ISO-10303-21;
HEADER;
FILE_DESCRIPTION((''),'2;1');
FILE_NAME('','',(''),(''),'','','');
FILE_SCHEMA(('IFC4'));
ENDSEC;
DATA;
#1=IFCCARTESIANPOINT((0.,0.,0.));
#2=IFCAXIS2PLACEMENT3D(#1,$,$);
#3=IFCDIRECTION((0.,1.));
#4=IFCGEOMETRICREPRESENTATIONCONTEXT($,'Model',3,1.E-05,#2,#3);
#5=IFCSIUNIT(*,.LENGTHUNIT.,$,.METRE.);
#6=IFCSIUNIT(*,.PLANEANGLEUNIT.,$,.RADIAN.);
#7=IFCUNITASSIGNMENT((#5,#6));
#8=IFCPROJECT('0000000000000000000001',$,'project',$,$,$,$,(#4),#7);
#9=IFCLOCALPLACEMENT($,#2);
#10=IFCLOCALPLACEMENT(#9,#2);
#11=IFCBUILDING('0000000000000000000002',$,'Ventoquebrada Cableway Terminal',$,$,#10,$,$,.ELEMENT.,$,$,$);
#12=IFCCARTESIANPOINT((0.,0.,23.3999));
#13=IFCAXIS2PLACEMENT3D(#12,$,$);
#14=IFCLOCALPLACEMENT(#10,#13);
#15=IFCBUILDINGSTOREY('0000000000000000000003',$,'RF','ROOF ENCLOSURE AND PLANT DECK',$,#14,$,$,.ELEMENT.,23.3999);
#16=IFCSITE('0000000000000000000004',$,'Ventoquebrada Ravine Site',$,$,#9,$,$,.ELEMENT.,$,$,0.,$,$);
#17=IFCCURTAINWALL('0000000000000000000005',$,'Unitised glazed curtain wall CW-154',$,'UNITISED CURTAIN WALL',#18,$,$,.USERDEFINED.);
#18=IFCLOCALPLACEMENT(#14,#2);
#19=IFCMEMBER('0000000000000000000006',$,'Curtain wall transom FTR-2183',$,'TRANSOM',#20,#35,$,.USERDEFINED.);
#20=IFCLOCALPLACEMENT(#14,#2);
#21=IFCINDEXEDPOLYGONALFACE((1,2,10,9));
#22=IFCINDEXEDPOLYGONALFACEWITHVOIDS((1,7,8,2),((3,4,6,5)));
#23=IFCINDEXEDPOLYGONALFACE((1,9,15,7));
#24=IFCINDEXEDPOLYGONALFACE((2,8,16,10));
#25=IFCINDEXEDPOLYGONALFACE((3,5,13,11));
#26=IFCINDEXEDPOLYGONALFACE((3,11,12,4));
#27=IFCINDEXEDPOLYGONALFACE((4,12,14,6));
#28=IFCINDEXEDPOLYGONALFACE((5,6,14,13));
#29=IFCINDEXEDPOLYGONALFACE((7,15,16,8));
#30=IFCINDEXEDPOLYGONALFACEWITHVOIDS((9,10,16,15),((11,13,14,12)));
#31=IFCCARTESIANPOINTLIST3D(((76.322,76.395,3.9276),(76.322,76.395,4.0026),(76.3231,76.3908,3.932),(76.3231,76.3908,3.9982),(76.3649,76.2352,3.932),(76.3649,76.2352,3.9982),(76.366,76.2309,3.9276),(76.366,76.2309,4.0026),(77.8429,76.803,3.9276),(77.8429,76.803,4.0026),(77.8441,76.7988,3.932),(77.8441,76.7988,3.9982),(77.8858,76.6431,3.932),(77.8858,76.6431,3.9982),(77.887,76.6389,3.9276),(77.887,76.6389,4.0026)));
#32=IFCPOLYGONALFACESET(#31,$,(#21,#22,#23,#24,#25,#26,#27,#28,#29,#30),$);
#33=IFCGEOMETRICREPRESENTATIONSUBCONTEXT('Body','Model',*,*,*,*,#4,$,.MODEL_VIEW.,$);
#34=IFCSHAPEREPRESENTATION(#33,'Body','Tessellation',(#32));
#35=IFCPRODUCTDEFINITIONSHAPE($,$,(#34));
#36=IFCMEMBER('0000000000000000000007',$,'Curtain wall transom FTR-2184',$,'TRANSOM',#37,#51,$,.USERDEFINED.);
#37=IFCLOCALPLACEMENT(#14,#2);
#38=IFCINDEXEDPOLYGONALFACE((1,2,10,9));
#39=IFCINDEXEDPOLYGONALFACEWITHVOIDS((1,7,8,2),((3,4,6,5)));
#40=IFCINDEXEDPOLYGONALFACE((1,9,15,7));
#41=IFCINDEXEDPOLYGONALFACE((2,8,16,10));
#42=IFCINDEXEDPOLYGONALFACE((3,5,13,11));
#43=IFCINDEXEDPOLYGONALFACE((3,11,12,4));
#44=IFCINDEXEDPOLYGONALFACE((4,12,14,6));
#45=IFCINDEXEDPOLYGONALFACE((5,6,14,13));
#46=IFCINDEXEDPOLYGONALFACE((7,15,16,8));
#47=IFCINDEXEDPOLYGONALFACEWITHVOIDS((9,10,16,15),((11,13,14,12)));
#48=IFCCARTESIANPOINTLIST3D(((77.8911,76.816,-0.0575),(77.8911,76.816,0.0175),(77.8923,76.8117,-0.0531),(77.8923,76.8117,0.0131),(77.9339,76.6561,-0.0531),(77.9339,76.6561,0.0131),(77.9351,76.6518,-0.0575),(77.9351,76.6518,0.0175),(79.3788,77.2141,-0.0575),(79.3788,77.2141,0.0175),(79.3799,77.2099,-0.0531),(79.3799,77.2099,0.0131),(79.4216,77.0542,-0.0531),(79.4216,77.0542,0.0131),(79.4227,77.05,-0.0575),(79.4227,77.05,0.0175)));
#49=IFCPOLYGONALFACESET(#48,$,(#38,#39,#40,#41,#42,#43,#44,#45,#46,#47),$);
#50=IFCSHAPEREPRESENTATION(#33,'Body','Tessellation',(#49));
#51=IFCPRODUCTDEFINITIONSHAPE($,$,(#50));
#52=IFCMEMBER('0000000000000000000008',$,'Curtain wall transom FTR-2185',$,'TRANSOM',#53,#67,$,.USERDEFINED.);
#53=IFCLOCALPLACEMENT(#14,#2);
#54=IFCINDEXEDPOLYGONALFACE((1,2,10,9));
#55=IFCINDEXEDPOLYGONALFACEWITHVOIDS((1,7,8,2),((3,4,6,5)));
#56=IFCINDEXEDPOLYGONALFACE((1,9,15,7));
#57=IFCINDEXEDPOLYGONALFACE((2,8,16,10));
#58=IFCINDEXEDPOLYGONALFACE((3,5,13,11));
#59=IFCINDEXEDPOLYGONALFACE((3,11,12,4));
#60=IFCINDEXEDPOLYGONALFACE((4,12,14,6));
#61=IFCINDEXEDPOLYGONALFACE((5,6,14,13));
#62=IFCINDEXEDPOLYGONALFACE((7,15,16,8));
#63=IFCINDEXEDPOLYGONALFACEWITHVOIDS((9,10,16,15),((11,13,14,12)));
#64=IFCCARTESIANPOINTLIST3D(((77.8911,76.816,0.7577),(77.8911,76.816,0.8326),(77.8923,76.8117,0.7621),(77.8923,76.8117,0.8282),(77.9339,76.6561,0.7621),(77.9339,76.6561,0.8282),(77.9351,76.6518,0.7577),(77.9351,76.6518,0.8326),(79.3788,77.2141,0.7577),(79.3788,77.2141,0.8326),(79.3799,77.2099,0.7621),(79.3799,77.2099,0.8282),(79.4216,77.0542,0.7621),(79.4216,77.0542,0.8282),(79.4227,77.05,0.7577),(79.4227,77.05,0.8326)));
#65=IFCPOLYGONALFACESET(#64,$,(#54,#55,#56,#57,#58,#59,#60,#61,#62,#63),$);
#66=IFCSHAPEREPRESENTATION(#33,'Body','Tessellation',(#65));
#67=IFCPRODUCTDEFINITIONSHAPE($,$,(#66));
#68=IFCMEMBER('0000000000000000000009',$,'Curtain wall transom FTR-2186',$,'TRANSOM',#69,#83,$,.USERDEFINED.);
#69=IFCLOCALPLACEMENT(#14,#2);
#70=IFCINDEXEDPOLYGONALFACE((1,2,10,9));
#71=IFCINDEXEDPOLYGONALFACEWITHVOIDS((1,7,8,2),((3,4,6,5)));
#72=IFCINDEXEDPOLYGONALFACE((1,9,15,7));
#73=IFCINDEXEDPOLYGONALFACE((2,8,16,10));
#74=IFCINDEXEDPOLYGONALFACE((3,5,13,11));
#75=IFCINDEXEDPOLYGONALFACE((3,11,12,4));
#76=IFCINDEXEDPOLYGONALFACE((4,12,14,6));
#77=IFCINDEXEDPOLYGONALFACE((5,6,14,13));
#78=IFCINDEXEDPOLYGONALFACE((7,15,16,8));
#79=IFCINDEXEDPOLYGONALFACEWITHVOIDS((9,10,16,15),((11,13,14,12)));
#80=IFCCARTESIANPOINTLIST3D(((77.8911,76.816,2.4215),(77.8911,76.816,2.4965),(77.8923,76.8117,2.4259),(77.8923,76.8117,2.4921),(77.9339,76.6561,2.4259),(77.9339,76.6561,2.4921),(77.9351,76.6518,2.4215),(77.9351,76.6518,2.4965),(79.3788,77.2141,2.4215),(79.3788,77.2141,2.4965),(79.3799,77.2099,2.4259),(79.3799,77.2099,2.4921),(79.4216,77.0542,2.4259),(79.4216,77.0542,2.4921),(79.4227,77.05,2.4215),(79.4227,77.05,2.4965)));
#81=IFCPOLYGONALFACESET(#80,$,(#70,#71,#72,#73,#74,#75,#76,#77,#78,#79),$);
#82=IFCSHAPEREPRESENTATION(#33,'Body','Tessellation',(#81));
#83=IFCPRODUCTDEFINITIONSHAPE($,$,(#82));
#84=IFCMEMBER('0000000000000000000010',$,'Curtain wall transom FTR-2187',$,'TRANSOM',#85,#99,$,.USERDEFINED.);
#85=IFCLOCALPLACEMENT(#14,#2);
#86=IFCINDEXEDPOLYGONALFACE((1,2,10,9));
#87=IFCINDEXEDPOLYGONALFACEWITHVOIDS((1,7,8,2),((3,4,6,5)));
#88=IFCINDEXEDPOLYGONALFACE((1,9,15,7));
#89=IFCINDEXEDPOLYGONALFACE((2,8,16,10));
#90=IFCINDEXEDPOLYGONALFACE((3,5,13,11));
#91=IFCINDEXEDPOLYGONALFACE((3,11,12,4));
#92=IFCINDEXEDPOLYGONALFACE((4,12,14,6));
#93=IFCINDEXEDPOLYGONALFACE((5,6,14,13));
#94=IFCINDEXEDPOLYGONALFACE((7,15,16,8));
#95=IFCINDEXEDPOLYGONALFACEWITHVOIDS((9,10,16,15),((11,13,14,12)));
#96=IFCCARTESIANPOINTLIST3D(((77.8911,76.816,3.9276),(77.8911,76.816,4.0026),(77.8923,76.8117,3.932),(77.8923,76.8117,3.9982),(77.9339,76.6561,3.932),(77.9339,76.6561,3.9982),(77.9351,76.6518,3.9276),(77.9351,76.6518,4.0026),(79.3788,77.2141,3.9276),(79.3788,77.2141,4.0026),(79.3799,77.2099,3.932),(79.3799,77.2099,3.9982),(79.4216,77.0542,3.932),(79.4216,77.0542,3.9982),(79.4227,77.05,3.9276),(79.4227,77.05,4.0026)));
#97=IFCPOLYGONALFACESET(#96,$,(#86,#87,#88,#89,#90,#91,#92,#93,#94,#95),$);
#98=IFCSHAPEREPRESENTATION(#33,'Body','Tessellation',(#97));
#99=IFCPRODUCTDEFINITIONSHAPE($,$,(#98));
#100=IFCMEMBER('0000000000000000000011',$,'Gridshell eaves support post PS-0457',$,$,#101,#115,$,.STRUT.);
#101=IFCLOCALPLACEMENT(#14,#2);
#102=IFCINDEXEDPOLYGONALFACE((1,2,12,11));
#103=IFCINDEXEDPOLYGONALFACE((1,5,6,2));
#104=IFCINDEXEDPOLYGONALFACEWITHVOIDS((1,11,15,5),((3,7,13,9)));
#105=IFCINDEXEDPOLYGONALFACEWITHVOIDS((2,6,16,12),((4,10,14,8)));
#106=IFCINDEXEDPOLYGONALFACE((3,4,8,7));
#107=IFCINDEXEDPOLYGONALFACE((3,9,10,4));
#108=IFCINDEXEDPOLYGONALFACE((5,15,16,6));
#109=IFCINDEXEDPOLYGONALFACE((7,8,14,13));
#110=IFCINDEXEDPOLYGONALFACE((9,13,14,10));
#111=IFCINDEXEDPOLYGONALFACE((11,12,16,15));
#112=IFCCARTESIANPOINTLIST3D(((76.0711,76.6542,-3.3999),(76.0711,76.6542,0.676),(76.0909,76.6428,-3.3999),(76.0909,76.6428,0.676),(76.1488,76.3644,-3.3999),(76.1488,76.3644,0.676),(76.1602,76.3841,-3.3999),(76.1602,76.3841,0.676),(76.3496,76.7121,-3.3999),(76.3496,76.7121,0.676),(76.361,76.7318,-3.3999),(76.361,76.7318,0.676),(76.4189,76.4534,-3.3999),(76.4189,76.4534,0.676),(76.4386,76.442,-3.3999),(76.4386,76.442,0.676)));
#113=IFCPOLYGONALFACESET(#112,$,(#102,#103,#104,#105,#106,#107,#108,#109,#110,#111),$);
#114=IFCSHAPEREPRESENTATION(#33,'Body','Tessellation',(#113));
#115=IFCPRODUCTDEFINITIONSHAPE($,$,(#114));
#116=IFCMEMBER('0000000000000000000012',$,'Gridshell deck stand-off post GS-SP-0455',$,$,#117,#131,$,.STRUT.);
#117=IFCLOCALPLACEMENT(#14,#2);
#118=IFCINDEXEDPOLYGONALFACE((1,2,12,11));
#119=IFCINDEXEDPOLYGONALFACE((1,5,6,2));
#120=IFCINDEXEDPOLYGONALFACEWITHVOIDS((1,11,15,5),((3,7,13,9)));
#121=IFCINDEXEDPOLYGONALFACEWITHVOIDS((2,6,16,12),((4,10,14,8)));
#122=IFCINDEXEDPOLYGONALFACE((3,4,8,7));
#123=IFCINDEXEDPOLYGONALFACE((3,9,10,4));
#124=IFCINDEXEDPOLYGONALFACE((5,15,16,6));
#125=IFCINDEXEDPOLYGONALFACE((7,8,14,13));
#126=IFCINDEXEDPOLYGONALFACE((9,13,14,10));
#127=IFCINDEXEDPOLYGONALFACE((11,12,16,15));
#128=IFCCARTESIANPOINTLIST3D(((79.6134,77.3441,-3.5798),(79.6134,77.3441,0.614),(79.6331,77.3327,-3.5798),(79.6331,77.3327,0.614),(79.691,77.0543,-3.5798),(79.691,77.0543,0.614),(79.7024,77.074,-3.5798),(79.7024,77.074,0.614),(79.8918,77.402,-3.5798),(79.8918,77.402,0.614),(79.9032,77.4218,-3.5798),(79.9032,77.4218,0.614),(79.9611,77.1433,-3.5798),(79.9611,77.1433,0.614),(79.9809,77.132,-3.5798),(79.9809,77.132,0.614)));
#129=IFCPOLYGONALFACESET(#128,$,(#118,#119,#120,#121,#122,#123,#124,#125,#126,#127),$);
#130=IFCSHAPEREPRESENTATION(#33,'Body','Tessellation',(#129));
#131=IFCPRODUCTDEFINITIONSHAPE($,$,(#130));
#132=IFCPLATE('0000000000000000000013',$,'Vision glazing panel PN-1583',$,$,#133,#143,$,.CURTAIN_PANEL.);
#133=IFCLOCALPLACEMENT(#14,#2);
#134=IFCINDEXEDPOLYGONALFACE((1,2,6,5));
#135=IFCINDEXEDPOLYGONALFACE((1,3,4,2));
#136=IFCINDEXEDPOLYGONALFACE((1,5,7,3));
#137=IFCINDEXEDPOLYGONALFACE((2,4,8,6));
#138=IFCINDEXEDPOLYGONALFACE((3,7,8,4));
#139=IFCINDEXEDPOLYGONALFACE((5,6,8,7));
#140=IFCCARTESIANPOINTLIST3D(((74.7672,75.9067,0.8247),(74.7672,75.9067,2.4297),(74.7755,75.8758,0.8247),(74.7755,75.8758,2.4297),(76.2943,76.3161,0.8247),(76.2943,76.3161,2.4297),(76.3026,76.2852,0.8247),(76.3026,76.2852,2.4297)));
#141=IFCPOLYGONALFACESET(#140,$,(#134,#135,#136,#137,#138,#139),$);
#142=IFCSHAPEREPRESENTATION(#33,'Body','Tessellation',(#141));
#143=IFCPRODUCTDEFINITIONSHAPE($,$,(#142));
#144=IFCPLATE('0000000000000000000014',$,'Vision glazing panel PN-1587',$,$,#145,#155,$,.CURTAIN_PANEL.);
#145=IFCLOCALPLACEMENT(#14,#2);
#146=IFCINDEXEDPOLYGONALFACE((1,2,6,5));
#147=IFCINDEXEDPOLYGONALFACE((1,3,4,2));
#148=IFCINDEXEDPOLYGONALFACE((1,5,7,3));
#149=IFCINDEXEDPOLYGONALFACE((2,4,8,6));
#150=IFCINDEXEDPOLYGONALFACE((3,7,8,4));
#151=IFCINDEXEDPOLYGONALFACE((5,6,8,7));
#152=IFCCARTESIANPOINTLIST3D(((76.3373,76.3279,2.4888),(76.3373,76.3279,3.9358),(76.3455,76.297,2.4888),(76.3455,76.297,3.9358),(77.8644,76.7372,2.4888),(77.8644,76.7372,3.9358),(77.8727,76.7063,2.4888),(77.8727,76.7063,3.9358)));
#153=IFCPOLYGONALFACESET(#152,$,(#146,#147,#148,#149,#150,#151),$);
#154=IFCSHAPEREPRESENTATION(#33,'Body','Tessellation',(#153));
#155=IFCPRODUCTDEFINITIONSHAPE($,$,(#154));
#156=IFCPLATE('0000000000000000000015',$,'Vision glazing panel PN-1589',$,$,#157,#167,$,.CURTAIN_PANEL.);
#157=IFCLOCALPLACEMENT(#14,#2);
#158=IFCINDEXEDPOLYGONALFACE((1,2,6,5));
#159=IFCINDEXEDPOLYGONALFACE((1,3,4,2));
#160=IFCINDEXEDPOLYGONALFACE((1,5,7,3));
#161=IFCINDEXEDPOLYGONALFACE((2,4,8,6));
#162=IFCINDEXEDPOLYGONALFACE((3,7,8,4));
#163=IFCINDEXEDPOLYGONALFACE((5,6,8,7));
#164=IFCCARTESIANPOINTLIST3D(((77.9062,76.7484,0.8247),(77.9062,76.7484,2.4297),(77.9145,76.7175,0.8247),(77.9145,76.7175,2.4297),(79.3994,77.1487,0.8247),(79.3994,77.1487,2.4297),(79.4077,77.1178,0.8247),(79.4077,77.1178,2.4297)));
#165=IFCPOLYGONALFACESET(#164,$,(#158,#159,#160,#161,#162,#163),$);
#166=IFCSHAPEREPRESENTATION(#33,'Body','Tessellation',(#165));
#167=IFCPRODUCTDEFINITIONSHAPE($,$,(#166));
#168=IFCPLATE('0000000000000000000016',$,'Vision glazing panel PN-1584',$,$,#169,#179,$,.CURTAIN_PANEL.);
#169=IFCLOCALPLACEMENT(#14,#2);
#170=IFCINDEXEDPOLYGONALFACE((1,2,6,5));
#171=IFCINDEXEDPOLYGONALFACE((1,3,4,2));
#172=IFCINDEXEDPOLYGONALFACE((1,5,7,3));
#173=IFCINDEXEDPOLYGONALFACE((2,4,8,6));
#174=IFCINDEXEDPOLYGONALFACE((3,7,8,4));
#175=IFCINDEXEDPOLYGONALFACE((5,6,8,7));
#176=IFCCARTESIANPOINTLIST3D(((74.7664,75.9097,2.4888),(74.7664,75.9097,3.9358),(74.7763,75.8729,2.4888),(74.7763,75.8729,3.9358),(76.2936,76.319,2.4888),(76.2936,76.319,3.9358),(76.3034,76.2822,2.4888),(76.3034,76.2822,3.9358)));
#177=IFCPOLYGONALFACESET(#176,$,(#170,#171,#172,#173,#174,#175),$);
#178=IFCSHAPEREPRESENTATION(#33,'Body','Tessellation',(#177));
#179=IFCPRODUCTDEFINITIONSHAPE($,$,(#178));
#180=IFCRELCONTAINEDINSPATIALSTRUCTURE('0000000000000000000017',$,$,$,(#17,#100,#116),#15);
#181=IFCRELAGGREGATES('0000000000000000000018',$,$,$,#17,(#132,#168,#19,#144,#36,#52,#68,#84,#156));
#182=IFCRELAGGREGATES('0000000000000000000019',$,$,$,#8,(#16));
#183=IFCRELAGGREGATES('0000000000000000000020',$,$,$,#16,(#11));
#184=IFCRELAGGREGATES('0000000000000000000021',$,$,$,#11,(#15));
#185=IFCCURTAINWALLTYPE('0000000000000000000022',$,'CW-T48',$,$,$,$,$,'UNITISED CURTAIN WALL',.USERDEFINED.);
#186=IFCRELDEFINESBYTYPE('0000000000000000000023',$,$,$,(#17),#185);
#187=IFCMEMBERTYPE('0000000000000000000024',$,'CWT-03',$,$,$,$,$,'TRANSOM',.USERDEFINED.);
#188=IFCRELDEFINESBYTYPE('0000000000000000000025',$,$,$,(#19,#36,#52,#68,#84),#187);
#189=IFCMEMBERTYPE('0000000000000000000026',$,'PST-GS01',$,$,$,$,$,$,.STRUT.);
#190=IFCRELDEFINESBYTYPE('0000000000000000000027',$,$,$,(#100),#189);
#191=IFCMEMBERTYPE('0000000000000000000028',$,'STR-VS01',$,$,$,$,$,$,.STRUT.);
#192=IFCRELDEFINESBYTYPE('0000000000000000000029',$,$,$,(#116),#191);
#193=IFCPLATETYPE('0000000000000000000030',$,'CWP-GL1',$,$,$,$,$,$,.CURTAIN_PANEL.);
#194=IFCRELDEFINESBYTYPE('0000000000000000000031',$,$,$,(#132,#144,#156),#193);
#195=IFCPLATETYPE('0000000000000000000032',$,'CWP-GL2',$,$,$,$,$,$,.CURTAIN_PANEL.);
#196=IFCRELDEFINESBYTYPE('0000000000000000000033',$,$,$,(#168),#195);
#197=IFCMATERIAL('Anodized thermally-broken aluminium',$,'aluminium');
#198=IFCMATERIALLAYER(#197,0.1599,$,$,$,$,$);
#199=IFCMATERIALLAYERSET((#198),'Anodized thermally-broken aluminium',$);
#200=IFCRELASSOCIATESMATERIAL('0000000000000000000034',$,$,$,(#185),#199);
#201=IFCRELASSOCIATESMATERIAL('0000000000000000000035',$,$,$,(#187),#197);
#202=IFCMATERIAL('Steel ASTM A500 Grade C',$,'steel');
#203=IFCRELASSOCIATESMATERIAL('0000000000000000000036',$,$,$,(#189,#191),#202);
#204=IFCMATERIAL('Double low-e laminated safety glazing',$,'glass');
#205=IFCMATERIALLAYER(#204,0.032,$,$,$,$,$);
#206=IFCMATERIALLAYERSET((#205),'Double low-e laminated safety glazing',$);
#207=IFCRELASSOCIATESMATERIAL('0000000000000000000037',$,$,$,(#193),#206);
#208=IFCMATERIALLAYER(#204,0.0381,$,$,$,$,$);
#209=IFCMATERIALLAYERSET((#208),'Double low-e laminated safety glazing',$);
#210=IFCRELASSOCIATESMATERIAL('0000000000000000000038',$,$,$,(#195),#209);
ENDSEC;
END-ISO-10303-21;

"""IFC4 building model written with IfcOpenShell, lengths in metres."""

from ifc_helpers import new_model, si_unit, direction, frame, origin, origin_2d, place, context, subcontext, project, spatial, rectangle, hollow_rectangle, extrude, material, layer, layer_set, material_profile, profile_set, type_object, element, aggregate, save


model = new_model("IFC4")

# Units and contexts
model_context = context("Model", 3, precision=1e-05, world=origin(), true_north=direction((0.0, 1.0)))
body_context = subcontext(model_context, "Body", "Model", "MODEL_VIEW")
ifc_project = project(units=[si_unit("LENGTHUNIT", "METRE"), si_unit("PLANEANGLEUNIT", "RADIAN")], contexts=[model_context])

# Site, building, storey
site_placement = place(None, origin())
site = spatial("IfcSite", under=ifc_project, at=site_placement, Name="Ventoquebrada Ravine Site", CompositionType="ELEMENT", RefElevation=0.0)
building_placement = place(site_placement, origin())
building = spatial("IfcBuilding", under=site, at=building_placement, Name="Ventoquebrada Cableway Terminal", CompositionType="ELEMENT")
storey_placement = place(building_placement, frame((0.0, 0.0, 23.3999)))
storey = spatial("IfcBuildingStorey", under=building, at=storey_placement, Name="RF", Description="ROOF ENCLOSURE AND PLANT DECK", CompositionType="ELEMENT", Elevation=23.3999)

# Curtain wall, members
ifc_material_1 = material(Name="Anodized thermally-broken aluminium", Category="aluminium")
ifc_layer_1 = layer(ifc_material_1, 0.1599)
ifc_layer_set_1 = layer_set([ifc_layer_1], Name="Anodized thermally-broken aluminium")
curtain_wall_type = type_object("IfcCurtainWallType", Name="CW-T48", ElementType="UNITISED CURTAIN WALL", PredefinedType="USERDEFINED", material=ifc_layer_set_1)
curtain_wall_placement = place(storey_placement, origin())
curtain_wall = element("IfcCurtainWall", 1, at=curtain_wall_placement, inside=storey, type_object=curtain_wall_type, Name="Unitised glazed curtain wall CW-154", ObjectType="UNITISED CURTAIN WALL", PredefinedType="USERDEFINED")
ifc_material_profile_1 = material_profile(ifc_material_1, hollow_rectangle(XDim=0.075, YDim=0.1699, WallThickness=0.0044, at=origin_2d()), Name="CW-TRN-75X170")
ifc_profile_set_1 = profile_set([ifc_material_profile_1], Name="Anodized thermally-broken aluminium")
member_type_1 = type_object("IfcMemberType", Name="CWT-03", ElementType="TRANSOM", PredefinedType="USERDEFINED", material=ifc_profile_set_1)
member_1_placement = place(storey_placement, frame((76.344, 76.313, 3.9651), z_axis=(0.965861, 0.259062, 0.0), x_axis=(0.0, 0.0, 1.0)))
member_1 = element("IfcMember", 2, at=member_1_placement, type_object=member_type_1, Name="Curtain wall transom FTR-2183", ObjectType="TRANSOM", PredefinedType="USERDEFINED", context=body_context, shape_type="SweptSolid", body=[
    extrude(hollow_rectangle(XDim=0.075, YDim=0.1699, WallThickness=0.0044, at=origin_2d()), origin(), (0.0, 0.0, 1.0), 1.5747),
])
member_2_placement = place(storey_placement, frame((77.9131, 76.7339, -0.02), z_axis=(0.966, 0.258541, 0.0), x_axis=(0.0, 0.0, 1.0)))
member_2 = element("IfcMember", 3, at=member_2_placement, type_object=member_type_1, Name="Curtain wall transom FTR-2184", ObjectType="TRANSOM", PredefinedType="USERDEFINED", context=body_context, shape_type="SweptSolid", body=[
    extrude(hollow_rectangle(XDim=0.075, YDim=0.1699, WallThickness=0.0044, at=origin_2d()), origin(), (0.0, 0.0, 1.0), 1.54),
])
member_3_placement = place(storey_placement, frame((77.9131, 76.7339, 0.7952), z_axis=(0.966, 0.258541, 0.0), x_axis=(0.0, 0.0, 1.0)))
member_3 = element("IfcMember", 4, at=member_3_placement, type_object=member_type_1, Name="Curtain wall transom FTR-2185", ObjectType="TRANSOM", PredefinedType="USERDEFINED", context=body_context, shape_type="SweptSolid", body=[
    extrude(hollow_rectangle(XDim=0.075, YDim=0.1699, WallThickness=0.0044, at=origin_2d()), origin(), (0.0, 0.0, 1.0), 1.54),
])
member_4_placement = place(storey_placement, frame((77.9131, 76.7339, 2.459), z_axis=(0.966, 0.258541, 0.0), x_axis=(0.0, 0.0, 1.0)))
member_4 = element("IfcMember", 5, at=member_4_placement, type_object=member_type_1, Name="Curtain wall transom FTR-2186", ObjectType="TRANSOM", PredefinedType="USERDEFINED", context=body_context, shape_type="SweptSolid", body=[
    extrude(hollow_rectangle(XDim=0.075, YDim=0.1699, WallThickness=0.0044, at=origin_2d()), origin(), (0.0, 0.0, 1.0), 1.54),
])
member_5_placement = place(storey_placement, frame((77.9131, 76.7339, 3.9651), z_axis=(0.966, 0.258541, 0.0), x_axis=(0.0, 0.0, 1.0)))
member_5 = element("IfcMember", 6, at=member_5_placement, type_object=member_type_1, Name="Curtain wall transom FTR-2187", ObjectType="TRANSOM", PredefinedType="USERDEFINED", context=body_context, shape_type="SweptSolid", body=[
    extrude(hollow_rectangle(XDim=0.075, YDim=0.1699, WallThickness=0.0044, at=origin_2d()), origin(), (0.0, 0.0, 1.0), 1.54),
])

# Members
ifc_material_2 = material(Name="Steel ASTM A500 Grade C", Category="steel")
ifc_material_profile_2 = material_profile(ifc_material_2, hollow_rectangle(XDim=0.3, YDim=0.3, WallThickness=0.0161, at=origin_2d()), Name="HSS300X300X16")
ifc_profile_set_2 = profile_set([ifc_material_profile_2], Name="Steel ASTM A500 Grade C")
member_type_2 = type_object("IfcMemberType", Name="PST-GS01", PredefinedType="STRUT", material=ifc_profile_set_2)
member_6_placement = place(storey_placement, frame((76.2549, 76.5481, -3.3999), z_axis=(0.0, 0.0, 1.0), x_axis=(0.965926, 0.258819, 0.0)))
element("IfcMember", 7, at=member_6_placement, inside=storey, type_object=member_type_2, Name="Gridshell eaves support post PS-0457", PredefinedType="STRUT", context=body_context, shape_type="SweptSolid", body=[
    extrude(hollow_rectangle(XDim=0.3, YDim=0.3, WallThickness=0.0161, at=origin_2d()), origin(), (0.0, 0.0, 1.0), 4.0759),
])
ifc_material_profile_3 = material_profile(ifc_material_2, hollow_rectangle(XDim=0.3, YDim=0.3, WallThickness=0.0161, at=origin_2d()), Name="HSS300X300X16")
ifc_profile_set_3 = profile_set([ifc_material_profile_3], Name="Steel ASTM A500 Grade C")
member_type_3 = type_object("IfcMemberType", Name="STR-VS01", PredefinedType="STRUT", material=ifc_profile_set_3)
member_7_placement = place(storey_placement, frame((79.7971, 77.238, -3.5798), z_axis=(0.0, 0.0, 1.0), x_axis=(0.965926, 0.258819, 0.0)))
element("IfcMember", 8, at=member_7_placement, inside=storey, type_object=member_type_3, Name="Gridshell deck stand-off post GS-SP-0455", PredefinedType="STRUT", context=body_context, shape_type="SweptSolid", body=[
    extrude(hollow_rectangle(XDim=0.3, YDim=0.3, WallThickness=0.0161, at=origin_2d()), origin(), (0.0, 0.0, 1.0), 4.1938),
])

# Plates
ifc_material_3 = material(Name="Double low-e laminated safety glazing", Category="glass")
ifc_layer_2 = layer(ifc_material_3, 0.032)
ifc_layer_set_2 = layer_set([ifc_layer_2], Name="Double low-e laminated safety glazing")
plate_type_1 = type_object("IfcPlateType", Name="CWP-GL1", PredefinedType="CURTAIN_PANEL", material=ifc_layer_set_2)
plate_1_placement = place(storey_placement, frame((75.5349, 76.0959, 0.8247), z_axis=(0.0, 0.0, 1.0), x_axis=(0.965903, 0.258903, 0.0)))
plate_1 = element("IfcPlate", 9, at=plate_1_placement, type_object=plate_type_1, Name="Vision glazing panel PN-1583", PredefinedType="CURTAIN_PANEL", context=body_context, shape_type="SweptSolid", body=[
    extrude(rectangle(XDim=1.5811, YDim=0.032, at=origin_2d()), origin(), (0.0, 0.0, 1.0), 1.605),
])
plate_2_placement = place(storey_placement, frame((77.105, 76.5171, 2.4888), z_axis=(0.0, 0.0, 1.0), x_axis=(0.965903, 0.258903, 0.0)))
plate_2 = element("IfcPlate", 10, at=plate_2_placement, type_object=plate_type_1, Name="Vision glazing panel PN-1587", PredefinedType="CURTAIN_PANEL", context=body_context, shape_type="SweptSolid", body=[
    extrude(rectangle(XDim=1.5811, YDim=0.032, at=origin_2d()), origin(), (0.0, 0.0, 1.0), 1.447),
])
plate_3_placement = place(storey_placement, frame((78.657, 76.9331, 0.8247), z_axis=(0.0, 0.0, 1.0), x_axis=(0.965903, 0.258903, 0.0)))
plate_3 = element("IfcPlate", 11, at=plate_3_placement, type_object=plate_type_1, Name="Vision glazing panel PN-1589", PredefinedType="CURTAIN_PANEL", context=body_context, shape_type="SweptSolid", body=[
    extrude(rectangle(XDim=1.5459, YDim=0.032, at=origin_2d()), origin(), (0.0, 0.0, 1.0), 1.605),
])
ifc_layer_3 = layer(ifc_material_3, 0.0381)
ifc_layer_set_3 = layer_set([ifc_layer_3], Name="Double low-e laminated safety glazing")
plate_type_2 = type_object("IfcPlateType", Name="CWP-GL2", PredefinedType="CURTAIN_PANEL", material=ifc_layer_set_3)
plate_4_placement = place(storey_placement, frame((75.5349, 76.0959, 2.4888), z_axis=(0.0, 0.0, 1.0), x_axis=(0.965903, 0.258903, 0.0)))
plate_4 = element("IfcPlate", 12, at=plate_4_placement, type_object=plate_type_2, Name="Vision glazing panel PN-1584", PredefinedType="CURTAIN_PANEL", context=body_context, shape_type="SweptSolid", body=[
    extrude(rectangle(XDim=1.5811, YDim=0.0381, at=origin_2d()), origin(), (0.0, 0.0, 1.0), 1.447),
])
aggregate(curtain_wall, [plate_1, plate_4, member_1, plate_2, member_2, member_3, member_4, member_5, plate_3])

save(model, "model.ifc")
